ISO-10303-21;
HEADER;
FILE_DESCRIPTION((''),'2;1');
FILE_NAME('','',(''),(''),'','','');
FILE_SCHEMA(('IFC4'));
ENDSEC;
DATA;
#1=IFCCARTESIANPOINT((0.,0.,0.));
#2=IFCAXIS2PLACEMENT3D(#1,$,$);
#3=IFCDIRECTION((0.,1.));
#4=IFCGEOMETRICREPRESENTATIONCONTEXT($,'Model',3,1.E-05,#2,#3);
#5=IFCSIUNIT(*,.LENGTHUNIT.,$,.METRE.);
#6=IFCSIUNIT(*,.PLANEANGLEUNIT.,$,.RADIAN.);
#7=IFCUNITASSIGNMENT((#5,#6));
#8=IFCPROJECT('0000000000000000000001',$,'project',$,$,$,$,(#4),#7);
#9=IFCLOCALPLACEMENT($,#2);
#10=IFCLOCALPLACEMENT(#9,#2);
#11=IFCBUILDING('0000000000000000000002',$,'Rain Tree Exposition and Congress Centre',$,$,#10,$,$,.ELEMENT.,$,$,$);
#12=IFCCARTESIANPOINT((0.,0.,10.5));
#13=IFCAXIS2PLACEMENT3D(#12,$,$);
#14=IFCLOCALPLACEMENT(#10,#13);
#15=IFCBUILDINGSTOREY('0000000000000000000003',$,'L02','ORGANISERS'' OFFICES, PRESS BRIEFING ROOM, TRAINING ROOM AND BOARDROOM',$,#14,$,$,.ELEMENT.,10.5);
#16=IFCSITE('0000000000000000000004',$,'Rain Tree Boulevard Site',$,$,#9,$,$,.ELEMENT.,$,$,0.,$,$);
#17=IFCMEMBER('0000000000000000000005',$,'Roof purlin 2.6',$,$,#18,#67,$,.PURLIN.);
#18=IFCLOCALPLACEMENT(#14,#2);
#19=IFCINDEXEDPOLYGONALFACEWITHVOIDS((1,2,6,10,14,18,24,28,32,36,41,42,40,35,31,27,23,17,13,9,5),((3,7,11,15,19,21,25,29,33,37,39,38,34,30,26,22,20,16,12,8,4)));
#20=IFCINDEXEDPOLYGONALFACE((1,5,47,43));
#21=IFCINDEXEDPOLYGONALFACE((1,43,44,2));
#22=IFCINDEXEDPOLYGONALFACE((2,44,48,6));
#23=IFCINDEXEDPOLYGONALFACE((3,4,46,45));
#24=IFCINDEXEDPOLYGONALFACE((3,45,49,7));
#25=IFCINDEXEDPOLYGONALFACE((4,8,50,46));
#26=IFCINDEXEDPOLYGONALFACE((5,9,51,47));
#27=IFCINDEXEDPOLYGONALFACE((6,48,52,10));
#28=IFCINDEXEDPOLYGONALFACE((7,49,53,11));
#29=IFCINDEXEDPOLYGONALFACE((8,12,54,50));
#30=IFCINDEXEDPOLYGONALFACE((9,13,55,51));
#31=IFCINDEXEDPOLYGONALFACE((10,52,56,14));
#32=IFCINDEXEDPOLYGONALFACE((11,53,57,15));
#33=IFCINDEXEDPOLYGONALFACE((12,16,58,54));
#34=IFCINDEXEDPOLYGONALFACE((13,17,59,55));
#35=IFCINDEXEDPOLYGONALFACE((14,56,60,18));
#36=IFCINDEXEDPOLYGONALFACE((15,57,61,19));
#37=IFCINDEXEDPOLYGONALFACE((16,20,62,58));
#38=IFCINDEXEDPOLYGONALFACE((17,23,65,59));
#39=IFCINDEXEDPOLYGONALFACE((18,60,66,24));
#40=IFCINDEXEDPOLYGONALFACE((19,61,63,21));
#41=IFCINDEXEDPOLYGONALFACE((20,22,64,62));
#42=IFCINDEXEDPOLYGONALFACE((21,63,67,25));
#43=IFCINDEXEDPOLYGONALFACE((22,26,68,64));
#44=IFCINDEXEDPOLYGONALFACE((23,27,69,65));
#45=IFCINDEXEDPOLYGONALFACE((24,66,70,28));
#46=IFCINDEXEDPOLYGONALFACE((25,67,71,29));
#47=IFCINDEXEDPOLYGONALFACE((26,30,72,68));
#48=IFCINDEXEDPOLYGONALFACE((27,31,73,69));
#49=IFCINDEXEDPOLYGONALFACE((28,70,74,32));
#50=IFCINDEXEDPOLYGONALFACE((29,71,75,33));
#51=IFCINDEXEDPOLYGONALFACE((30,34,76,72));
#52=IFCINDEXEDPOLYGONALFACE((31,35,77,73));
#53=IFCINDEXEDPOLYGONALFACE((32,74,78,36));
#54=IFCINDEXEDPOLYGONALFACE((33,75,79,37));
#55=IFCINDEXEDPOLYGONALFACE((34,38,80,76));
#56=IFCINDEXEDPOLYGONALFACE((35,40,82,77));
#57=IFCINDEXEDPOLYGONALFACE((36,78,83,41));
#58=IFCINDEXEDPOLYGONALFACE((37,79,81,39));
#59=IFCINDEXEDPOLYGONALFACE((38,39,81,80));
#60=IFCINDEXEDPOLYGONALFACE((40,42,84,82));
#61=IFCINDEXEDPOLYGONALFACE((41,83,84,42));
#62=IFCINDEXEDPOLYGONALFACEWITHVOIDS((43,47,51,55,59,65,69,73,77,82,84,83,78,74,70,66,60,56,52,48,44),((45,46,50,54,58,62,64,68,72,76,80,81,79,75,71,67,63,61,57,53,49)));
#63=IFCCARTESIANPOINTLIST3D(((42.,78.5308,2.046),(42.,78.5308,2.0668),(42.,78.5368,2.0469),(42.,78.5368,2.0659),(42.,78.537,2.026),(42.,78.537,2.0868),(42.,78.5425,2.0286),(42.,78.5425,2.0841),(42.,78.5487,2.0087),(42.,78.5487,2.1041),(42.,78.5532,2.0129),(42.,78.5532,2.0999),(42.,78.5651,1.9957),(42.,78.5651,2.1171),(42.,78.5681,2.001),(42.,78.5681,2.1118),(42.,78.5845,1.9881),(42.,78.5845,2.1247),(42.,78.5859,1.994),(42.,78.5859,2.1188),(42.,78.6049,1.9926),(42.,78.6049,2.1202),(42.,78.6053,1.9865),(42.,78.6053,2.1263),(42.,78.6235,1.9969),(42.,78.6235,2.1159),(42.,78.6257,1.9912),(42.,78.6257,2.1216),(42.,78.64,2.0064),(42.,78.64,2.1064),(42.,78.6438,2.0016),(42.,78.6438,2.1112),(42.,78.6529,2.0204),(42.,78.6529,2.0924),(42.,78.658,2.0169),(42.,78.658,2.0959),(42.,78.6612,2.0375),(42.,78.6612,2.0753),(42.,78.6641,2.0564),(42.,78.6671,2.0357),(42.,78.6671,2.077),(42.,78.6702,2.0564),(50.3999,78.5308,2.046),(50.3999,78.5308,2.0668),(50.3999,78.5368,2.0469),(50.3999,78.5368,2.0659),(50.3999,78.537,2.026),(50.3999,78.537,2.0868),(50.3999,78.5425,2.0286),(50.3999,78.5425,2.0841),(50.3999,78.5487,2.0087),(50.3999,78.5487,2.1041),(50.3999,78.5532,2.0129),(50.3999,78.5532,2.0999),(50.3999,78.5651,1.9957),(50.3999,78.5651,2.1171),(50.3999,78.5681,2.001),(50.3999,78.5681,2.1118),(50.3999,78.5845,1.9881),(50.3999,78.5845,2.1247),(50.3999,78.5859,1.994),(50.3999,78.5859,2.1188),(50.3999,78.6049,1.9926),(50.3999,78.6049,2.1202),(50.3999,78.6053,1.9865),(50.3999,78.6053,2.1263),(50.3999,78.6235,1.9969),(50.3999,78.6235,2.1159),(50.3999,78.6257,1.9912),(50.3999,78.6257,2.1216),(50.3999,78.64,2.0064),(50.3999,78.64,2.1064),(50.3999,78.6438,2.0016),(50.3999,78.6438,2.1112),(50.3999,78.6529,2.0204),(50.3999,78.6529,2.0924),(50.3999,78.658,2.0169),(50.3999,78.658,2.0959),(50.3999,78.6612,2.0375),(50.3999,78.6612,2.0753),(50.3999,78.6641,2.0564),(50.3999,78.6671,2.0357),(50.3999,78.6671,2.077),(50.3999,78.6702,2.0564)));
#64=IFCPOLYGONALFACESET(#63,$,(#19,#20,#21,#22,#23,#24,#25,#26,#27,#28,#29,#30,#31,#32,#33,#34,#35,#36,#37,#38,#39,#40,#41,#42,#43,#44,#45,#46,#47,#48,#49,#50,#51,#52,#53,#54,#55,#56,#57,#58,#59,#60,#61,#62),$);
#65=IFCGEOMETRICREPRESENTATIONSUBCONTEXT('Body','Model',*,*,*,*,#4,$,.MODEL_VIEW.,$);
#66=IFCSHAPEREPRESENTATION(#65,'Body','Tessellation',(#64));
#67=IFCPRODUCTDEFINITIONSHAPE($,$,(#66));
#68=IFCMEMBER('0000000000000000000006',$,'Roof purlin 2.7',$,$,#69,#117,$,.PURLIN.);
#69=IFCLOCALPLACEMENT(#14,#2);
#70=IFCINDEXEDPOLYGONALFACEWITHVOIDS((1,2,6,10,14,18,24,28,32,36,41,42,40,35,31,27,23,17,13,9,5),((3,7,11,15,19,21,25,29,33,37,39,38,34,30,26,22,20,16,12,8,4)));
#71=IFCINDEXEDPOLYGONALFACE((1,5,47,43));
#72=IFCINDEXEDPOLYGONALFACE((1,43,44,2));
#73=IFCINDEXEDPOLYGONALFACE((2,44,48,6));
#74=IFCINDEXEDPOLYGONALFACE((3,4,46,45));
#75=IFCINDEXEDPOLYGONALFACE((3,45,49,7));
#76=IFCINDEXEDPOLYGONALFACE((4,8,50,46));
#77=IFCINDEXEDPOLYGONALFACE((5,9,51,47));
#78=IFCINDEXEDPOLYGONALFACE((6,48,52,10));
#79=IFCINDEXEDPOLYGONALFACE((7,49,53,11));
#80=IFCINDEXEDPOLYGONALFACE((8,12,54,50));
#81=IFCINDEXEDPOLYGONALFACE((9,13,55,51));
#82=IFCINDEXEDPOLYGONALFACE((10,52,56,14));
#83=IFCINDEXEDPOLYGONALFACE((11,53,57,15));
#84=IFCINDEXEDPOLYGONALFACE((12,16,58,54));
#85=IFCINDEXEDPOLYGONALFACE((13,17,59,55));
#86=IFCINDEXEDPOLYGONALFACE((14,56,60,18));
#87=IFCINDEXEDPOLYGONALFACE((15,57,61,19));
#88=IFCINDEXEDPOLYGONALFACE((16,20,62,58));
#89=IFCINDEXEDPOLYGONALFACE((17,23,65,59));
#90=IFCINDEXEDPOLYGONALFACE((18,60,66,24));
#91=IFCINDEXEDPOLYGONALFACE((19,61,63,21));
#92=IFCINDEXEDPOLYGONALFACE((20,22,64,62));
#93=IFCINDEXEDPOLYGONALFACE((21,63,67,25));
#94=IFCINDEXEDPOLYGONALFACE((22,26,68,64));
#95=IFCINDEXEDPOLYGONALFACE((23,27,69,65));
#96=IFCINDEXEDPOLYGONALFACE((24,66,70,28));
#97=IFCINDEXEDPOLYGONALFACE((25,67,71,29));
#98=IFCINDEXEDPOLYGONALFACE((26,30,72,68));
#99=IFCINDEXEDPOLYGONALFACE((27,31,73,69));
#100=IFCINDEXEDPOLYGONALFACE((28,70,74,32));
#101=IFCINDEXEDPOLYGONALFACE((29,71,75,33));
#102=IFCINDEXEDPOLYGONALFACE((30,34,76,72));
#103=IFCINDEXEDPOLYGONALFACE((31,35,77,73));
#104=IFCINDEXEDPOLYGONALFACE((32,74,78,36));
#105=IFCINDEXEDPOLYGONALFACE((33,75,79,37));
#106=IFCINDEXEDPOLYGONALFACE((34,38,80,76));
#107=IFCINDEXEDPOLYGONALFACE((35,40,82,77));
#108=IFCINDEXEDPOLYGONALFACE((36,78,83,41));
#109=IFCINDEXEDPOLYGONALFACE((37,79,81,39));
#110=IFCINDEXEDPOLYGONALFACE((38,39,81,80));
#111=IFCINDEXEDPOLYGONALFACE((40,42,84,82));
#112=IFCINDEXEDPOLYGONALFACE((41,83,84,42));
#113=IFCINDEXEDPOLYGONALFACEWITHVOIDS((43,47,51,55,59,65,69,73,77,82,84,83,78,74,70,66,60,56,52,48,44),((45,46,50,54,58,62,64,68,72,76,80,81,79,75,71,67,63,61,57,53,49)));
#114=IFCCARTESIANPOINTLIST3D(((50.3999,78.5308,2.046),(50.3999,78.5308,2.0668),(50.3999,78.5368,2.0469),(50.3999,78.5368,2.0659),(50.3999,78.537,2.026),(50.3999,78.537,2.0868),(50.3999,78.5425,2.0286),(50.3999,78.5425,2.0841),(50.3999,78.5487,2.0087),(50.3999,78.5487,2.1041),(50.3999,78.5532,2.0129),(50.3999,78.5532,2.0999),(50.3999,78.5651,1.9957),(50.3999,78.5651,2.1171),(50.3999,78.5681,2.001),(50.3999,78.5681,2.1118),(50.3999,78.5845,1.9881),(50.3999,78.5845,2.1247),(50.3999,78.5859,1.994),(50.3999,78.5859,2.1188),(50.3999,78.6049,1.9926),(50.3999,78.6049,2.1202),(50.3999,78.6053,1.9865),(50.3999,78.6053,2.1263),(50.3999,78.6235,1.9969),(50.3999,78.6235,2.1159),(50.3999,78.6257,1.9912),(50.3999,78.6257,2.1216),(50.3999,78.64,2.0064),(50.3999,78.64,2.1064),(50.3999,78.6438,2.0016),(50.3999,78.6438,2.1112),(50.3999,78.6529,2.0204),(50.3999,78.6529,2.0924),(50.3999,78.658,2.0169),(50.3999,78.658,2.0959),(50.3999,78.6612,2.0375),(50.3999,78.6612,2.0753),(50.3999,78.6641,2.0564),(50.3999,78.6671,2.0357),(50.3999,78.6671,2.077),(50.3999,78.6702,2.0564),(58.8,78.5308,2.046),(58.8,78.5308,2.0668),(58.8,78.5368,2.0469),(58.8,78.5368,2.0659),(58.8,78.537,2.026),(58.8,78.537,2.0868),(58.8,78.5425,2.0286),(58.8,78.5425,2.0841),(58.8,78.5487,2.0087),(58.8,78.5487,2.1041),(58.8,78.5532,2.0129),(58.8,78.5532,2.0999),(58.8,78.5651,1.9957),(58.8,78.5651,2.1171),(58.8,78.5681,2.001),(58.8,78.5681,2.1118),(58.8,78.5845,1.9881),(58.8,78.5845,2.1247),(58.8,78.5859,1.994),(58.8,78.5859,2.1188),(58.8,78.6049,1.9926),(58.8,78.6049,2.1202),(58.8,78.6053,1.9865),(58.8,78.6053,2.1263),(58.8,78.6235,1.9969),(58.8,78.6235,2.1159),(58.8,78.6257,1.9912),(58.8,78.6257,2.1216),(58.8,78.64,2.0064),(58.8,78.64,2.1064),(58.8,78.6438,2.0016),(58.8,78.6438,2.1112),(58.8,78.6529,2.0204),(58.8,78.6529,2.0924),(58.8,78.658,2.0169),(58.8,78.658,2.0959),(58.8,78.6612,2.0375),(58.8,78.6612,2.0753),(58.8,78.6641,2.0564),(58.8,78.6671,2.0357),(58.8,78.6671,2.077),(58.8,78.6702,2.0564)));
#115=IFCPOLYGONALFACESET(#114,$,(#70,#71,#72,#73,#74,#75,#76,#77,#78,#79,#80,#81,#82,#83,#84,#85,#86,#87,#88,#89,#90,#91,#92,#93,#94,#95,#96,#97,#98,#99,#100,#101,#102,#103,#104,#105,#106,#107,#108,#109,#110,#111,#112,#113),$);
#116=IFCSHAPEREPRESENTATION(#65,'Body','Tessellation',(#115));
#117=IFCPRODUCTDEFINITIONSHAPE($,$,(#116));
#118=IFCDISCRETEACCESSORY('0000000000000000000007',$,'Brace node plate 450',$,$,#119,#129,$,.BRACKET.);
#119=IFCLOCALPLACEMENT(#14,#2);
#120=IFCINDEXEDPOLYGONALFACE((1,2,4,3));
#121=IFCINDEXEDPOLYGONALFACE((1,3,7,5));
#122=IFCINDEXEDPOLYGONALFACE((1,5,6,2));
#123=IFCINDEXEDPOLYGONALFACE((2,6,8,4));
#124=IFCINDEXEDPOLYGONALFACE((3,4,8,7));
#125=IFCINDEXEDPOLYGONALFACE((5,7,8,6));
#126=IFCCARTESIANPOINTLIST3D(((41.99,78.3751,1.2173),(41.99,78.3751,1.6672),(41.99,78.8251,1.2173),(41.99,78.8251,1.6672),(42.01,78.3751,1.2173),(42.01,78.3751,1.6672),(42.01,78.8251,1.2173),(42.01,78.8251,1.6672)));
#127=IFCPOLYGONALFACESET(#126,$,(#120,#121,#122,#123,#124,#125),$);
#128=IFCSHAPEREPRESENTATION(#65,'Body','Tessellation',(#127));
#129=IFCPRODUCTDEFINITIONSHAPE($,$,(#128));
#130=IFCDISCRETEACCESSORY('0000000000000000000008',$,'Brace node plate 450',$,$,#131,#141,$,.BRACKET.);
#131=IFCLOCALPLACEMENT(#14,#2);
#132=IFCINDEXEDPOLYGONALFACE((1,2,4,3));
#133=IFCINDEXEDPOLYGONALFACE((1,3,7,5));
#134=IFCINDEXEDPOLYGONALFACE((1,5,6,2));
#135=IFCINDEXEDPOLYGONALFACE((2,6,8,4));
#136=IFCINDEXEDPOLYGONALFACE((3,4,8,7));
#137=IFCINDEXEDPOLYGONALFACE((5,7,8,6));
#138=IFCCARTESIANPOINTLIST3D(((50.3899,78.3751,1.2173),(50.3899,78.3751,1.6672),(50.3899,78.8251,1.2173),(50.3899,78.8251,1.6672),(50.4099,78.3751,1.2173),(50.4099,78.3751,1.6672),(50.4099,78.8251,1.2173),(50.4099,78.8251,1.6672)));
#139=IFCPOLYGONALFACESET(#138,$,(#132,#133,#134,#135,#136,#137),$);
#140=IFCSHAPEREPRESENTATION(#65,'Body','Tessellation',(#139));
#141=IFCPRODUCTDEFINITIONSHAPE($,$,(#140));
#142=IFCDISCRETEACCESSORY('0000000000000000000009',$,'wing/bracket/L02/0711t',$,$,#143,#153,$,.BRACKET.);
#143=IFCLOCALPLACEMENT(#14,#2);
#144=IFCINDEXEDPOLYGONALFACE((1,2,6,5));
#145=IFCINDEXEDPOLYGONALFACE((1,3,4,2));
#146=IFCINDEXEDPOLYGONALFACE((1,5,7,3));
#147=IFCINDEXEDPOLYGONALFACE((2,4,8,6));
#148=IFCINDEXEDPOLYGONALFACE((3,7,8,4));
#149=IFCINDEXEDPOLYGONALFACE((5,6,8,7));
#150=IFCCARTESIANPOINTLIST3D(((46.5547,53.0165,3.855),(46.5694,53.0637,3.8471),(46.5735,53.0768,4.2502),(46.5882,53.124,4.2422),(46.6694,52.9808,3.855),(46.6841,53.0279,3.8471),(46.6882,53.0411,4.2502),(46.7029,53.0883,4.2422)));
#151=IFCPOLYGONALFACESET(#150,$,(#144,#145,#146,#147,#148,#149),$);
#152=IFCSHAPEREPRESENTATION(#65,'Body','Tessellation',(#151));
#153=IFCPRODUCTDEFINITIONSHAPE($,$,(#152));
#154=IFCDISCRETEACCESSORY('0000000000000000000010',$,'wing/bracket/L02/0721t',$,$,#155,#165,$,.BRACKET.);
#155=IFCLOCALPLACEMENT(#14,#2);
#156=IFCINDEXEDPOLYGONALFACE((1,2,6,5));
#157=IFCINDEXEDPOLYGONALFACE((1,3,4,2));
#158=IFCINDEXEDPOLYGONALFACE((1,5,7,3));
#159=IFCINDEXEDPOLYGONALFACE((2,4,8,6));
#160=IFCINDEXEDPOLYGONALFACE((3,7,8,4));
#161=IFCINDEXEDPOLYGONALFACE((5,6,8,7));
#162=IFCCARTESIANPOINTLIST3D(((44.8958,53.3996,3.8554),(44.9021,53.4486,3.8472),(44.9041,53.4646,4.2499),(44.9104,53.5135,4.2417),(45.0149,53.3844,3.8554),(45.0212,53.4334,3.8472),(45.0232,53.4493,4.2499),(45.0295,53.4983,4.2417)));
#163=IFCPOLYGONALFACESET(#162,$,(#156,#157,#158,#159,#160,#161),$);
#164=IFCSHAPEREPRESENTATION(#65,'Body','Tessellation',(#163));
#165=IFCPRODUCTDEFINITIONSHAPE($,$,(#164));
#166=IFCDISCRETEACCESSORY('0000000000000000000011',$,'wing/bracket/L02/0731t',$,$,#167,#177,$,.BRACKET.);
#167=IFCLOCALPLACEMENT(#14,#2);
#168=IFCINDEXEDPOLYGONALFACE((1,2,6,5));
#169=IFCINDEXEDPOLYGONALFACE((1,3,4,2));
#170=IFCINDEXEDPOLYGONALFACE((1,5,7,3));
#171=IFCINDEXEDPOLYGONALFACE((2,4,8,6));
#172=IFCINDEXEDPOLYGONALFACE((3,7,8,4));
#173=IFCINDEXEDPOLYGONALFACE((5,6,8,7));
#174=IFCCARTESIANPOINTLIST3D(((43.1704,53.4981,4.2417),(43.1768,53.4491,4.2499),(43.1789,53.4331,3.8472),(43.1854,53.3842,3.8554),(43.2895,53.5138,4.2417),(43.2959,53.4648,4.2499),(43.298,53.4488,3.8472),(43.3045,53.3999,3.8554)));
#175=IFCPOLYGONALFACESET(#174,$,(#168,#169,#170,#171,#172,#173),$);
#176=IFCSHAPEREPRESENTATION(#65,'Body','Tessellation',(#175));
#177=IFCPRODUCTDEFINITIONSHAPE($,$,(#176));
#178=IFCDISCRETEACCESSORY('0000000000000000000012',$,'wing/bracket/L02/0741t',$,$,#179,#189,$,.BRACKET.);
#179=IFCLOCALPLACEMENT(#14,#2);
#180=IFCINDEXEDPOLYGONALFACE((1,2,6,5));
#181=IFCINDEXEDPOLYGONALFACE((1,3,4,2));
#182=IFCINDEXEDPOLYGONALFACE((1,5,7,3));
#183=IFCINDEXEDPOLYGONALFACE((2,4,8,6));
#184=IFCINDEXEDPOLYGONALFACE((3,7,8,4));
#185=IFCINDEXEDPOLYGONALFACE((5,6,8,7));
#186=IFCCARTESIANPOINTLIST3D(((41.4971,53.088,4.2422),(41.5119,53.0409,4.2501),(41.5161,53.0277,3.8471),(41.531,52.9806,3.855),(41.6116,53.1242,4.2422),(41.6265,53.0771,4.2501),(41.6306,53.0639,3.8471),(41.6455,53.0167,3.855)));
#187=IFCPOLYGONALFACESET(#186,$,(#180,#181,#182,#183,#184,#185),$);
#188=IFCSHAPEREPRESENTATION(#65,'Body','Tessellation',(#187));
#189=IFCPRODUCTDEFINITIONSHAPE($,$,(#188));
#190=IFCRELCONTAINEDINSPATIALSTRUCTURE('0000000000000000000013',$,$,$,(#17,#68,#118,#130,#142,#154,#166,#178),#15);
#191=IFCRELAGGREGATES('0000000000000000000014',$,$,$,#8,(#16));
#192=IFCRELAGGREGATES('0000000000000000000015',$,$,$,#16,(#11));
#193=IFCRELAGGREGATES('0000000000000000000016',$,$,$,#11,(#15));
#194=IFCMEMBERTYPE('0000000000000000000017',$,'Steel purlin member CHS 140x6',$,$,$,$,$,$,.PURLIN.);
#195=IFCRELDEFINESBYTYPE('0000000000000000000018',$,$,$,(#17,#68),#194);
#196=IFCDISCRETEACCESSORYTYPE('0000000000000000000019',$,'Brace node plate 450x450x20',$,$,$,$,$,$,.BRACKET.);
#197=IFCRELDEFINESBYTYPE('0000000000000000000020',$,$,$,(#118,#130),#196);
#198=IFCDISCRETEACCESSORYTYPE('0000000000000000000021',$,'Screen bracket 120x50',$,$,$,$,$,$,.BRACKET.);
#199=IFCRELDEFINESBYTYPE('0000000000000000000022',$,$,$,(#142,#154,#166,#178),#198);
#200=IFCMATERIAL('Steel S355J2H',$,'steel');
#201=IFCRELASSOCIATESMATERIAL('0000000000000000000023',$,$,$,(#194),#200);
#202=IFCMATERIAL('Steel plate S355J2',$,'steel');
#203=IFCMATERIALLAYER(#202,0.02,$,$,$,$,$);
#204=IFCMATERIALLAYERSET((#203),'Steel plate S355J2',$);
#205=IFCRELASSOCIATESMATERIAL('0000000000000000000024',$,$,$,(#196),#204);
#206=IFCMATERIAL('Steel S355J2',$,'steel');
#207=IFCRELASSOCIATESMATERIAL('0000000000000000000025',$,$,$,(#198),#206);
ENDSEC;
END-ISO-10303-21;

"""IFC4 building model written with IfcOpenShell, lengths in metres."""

from ifc_helpers import new_model, si_unit, direction, frame, origin, origin_2d, place, context, subcontext, project, spatial, rectangle, hollow_circle, extrude, material, layer, layer_set, material_profile, profile_set, type_object, element, save


model = new_model("IFC4")

# Units and contexts
model_context = context("Model", 3, precision=1e-05, world=origin(), true_north=direction((0.0, 1.0)))
body_context = subcontext(model_context, "Body", "Model", "MODEL_VIEW")
ifc_project = project(units=[si_unit("LENGTHUNIT", "METRE"), si_unit("PLANEANGLEUNIT", "RADIAN")], contexts=[model_context])

# Site, building, storey
site_placement = place(None, origin())
site = spatial("IfcSite", under=ifc_project, at=site_placement, Name="Rain Tree Boulevard Site", CompositionType="ELEMENT", RefElevation=0.0)
building_placement = place(site_placement, origin())
building = spatial("IfcBuilding", under=site, at=building_placement, Name="Rain Tree Exposition and Congress Centre", CompositionType="ELEMENT")
storey_placement = place(building_placement, frame((0.0, 0.0, 10.5)))
storey = spatial("IfcBuildingStorey", under=building, at=storey_placement, Name="L02", Description="ORGANISERS' OFFICES, PRESS BRIEFING ROOM, TRAINING ROOM AND BOARDROOM", CompositionType="ELEMENT", Elevation=10.5)

# Members
ifc_material_1 = material(Name="Steel S355J2H", Category="steel")
ifc_material_profile_1 = material_profile(ifc_material_1, hollow_circle(Radius=0.0701, WallThickness=0.0061, at=origin_2d()), Name="CHS 140x6")
ifc_profile_set_1 = profile_set([ifc_material_profile_1], Name="Steel S355J2H")
member_type_1 = type_object("IfcMemberType", Name="Steel purlin member CHS 140x6", PredefinedType="PURLIN", material=ifc_profile_set_1)
member_1_placement = place(storey_placement, frame((42.0, 78.6001, 2.0564), z_axis=(1.0, 0.0, 0.0), x_axis=(0.0, 1.0, 0.0)))
element("IfcMember", 1, at=member_1_placement, inside=storey, type_object=member_type_1, Name="Roof purlin 2.6", PredefinedType="PURLIN", context=body_context, shape_type="SweptSolid", body=[
    extrude(hollow_circle(Radius=0.0701, WallThickness=0.0061, at=origin_2d()), origin(), (0.0, 0.0, 1.0), 8.3999),
])
member_2_placement = place(storey_placement, frame((50.3999, 78.6001, 2.0564), z_axis=(1.0, 0.0, 0.0), x_axis=(0.0, 1.0, 0.0)))
element("IfcMember", 2, at=member_2_placement, inside=storey, type_object=member_type_1, Name="Roof purlin 2.7", PredefinedType="PURLIN", context=body_context, shape_type="SweptSolid", body=[
    extrude(hollow_circle(Radius=0.0701, WallThickness=0.0061, at=origin_2d()), origin(), (0.0, 0.0, 1.0), 8.4001),
])

# Discrete accessories
ifc_material_2 = material(Name="Steel plate S355J2", Category="steel")
ifc_layer_1 = layer(ifc_material_2, 0.02)
ifc_layer_set_1 = layer_set([ifc_layer_1], Name="Steel plate S355J2")
discrete_accessory_type_1 = type_object("IfcDiscreteAccessoryType", Name="Brace node plate 450x450x20", PredefinedType="BRACKET", material=ifc_layer_set_1)
for number, where, z_axis, x_axis, name in (
    (3, (42.0, 78.6001, 1.2173), (0.0, 0.0, 1.0), (0.0, 1.0, 0.0), "Brace node plate 450"),
    (4, (50.3999, 78.6001, 1.2173), (0.0, 0.0, 1.0), (0.0, 1.0, 0.0), "Brace node plate 450"),
):
    element("IfcDiscreteAccessory", number, at=place(storey_placement, frame(where, z_axis=z_axis, x_axis=x_axis)), inside=storey, type_object=discrete_accessory_type_1, Name=name, PredefinedType="BRACKET", context=body_context, shape_type="SweptSolid", body=[
        extrude(rectangle(XDim=0.45, YDim=0.02, at=origin_2d()), origin(), (0.0, 0.0, 1.0), 0.45),
    ])
ifc_material_3 = material(Name="Steel S355J2", Category="steel")
ifc_material_profile_2 = material_profile(ifc_material_3, rectangle(XDim=0.1201, YDim=0.05, at=origin_2d()), Name="Flat bar 120x50")
ifc_profile_set_2 = profile_set([ifc_material_profile_2], Name="Steel S355J2")
discrete_accessory_type_2 = type_object("IfcDiscreteAccessoryType", Name="Screen bracket 120x50", PredefinedType="BRACKET", material=ifc_profile_set_2)
discrete_accessory_1_placement = place(storey_placement, frame((46.6194, 53.0222, 3.8511), z_axis=(0.046993, 0.150743, 0.987456), x_axis=(-0.954686, 0.297615, 0.0)))
element("IfcDiscreteAccessory", 5, at=discrete_accessory_1_placement, inside=storey, type_object=discrete_accessory_type_2, Name="wing/bracket/L02/0711t", PredefinedType="BRACKET", context=body_context, shape_type="SweptSolid", body=[
    extrude(rectangle(XDim=0.1201, YDim=0.05, at=origin_2d()), origin(), (0.0, 0.0, 1.0), 0.4001),
])
for number, where, z_axis, x_axis, name in (
    (6, (44.9585, 53.4165, 3.8513), (0.020756, 0.162383, 0.986509), (-0.99193, 0.126788, 0.0), "wing/bracket/L02/0721t"),
    (7, (43.2417, 53.4165, 3.8513), (-0.021366, 0.162381, 0.986497), (-0.991454, -0.130455, 0.0), "wing/bracket/L02/0731t"),
):
    element("IfcDiscreteAccessory", number, at=place(storey_placement, frame(where, z_axis=z_axis, x_axis=x_axis)), inside=storey, type_object=discrete_accessory_type_2, Name=name, PredefinedType="BRACKET", context=body_context, shape_type="SweptSolid", body=[
        extrude(rectangle(XDim=0.1201, YDim=0.05, at=origin_2d()), origin(), (0.0, 0.0, 1.0), 0.3999),
    ])
discrete_accessory_2_placement = place(storey_placement, frame((41.5808, 53.0222, 3.8511), z_axis=(-0.047602, 0.150738, 0.987427), x_axis=(-0.953583, -0.301131, 0.0)))
element("IfcDiscreteAccessory", 8, at=discrete_accessory_2_placement, inside=storey, type_object=discrete_accessory_type_2, Name="wing/bracket/L02/0741t", PredefinedType="BRACKET", context=body_context, shape_type="SweptSolid", body=[
    extrude(rectangle(XDim=0.1201, YDim=0.05, at=origin_2d()), origin(), (0.0, 0.0, 1.0), 0.4001),
])

save(model, "model.ifc")
